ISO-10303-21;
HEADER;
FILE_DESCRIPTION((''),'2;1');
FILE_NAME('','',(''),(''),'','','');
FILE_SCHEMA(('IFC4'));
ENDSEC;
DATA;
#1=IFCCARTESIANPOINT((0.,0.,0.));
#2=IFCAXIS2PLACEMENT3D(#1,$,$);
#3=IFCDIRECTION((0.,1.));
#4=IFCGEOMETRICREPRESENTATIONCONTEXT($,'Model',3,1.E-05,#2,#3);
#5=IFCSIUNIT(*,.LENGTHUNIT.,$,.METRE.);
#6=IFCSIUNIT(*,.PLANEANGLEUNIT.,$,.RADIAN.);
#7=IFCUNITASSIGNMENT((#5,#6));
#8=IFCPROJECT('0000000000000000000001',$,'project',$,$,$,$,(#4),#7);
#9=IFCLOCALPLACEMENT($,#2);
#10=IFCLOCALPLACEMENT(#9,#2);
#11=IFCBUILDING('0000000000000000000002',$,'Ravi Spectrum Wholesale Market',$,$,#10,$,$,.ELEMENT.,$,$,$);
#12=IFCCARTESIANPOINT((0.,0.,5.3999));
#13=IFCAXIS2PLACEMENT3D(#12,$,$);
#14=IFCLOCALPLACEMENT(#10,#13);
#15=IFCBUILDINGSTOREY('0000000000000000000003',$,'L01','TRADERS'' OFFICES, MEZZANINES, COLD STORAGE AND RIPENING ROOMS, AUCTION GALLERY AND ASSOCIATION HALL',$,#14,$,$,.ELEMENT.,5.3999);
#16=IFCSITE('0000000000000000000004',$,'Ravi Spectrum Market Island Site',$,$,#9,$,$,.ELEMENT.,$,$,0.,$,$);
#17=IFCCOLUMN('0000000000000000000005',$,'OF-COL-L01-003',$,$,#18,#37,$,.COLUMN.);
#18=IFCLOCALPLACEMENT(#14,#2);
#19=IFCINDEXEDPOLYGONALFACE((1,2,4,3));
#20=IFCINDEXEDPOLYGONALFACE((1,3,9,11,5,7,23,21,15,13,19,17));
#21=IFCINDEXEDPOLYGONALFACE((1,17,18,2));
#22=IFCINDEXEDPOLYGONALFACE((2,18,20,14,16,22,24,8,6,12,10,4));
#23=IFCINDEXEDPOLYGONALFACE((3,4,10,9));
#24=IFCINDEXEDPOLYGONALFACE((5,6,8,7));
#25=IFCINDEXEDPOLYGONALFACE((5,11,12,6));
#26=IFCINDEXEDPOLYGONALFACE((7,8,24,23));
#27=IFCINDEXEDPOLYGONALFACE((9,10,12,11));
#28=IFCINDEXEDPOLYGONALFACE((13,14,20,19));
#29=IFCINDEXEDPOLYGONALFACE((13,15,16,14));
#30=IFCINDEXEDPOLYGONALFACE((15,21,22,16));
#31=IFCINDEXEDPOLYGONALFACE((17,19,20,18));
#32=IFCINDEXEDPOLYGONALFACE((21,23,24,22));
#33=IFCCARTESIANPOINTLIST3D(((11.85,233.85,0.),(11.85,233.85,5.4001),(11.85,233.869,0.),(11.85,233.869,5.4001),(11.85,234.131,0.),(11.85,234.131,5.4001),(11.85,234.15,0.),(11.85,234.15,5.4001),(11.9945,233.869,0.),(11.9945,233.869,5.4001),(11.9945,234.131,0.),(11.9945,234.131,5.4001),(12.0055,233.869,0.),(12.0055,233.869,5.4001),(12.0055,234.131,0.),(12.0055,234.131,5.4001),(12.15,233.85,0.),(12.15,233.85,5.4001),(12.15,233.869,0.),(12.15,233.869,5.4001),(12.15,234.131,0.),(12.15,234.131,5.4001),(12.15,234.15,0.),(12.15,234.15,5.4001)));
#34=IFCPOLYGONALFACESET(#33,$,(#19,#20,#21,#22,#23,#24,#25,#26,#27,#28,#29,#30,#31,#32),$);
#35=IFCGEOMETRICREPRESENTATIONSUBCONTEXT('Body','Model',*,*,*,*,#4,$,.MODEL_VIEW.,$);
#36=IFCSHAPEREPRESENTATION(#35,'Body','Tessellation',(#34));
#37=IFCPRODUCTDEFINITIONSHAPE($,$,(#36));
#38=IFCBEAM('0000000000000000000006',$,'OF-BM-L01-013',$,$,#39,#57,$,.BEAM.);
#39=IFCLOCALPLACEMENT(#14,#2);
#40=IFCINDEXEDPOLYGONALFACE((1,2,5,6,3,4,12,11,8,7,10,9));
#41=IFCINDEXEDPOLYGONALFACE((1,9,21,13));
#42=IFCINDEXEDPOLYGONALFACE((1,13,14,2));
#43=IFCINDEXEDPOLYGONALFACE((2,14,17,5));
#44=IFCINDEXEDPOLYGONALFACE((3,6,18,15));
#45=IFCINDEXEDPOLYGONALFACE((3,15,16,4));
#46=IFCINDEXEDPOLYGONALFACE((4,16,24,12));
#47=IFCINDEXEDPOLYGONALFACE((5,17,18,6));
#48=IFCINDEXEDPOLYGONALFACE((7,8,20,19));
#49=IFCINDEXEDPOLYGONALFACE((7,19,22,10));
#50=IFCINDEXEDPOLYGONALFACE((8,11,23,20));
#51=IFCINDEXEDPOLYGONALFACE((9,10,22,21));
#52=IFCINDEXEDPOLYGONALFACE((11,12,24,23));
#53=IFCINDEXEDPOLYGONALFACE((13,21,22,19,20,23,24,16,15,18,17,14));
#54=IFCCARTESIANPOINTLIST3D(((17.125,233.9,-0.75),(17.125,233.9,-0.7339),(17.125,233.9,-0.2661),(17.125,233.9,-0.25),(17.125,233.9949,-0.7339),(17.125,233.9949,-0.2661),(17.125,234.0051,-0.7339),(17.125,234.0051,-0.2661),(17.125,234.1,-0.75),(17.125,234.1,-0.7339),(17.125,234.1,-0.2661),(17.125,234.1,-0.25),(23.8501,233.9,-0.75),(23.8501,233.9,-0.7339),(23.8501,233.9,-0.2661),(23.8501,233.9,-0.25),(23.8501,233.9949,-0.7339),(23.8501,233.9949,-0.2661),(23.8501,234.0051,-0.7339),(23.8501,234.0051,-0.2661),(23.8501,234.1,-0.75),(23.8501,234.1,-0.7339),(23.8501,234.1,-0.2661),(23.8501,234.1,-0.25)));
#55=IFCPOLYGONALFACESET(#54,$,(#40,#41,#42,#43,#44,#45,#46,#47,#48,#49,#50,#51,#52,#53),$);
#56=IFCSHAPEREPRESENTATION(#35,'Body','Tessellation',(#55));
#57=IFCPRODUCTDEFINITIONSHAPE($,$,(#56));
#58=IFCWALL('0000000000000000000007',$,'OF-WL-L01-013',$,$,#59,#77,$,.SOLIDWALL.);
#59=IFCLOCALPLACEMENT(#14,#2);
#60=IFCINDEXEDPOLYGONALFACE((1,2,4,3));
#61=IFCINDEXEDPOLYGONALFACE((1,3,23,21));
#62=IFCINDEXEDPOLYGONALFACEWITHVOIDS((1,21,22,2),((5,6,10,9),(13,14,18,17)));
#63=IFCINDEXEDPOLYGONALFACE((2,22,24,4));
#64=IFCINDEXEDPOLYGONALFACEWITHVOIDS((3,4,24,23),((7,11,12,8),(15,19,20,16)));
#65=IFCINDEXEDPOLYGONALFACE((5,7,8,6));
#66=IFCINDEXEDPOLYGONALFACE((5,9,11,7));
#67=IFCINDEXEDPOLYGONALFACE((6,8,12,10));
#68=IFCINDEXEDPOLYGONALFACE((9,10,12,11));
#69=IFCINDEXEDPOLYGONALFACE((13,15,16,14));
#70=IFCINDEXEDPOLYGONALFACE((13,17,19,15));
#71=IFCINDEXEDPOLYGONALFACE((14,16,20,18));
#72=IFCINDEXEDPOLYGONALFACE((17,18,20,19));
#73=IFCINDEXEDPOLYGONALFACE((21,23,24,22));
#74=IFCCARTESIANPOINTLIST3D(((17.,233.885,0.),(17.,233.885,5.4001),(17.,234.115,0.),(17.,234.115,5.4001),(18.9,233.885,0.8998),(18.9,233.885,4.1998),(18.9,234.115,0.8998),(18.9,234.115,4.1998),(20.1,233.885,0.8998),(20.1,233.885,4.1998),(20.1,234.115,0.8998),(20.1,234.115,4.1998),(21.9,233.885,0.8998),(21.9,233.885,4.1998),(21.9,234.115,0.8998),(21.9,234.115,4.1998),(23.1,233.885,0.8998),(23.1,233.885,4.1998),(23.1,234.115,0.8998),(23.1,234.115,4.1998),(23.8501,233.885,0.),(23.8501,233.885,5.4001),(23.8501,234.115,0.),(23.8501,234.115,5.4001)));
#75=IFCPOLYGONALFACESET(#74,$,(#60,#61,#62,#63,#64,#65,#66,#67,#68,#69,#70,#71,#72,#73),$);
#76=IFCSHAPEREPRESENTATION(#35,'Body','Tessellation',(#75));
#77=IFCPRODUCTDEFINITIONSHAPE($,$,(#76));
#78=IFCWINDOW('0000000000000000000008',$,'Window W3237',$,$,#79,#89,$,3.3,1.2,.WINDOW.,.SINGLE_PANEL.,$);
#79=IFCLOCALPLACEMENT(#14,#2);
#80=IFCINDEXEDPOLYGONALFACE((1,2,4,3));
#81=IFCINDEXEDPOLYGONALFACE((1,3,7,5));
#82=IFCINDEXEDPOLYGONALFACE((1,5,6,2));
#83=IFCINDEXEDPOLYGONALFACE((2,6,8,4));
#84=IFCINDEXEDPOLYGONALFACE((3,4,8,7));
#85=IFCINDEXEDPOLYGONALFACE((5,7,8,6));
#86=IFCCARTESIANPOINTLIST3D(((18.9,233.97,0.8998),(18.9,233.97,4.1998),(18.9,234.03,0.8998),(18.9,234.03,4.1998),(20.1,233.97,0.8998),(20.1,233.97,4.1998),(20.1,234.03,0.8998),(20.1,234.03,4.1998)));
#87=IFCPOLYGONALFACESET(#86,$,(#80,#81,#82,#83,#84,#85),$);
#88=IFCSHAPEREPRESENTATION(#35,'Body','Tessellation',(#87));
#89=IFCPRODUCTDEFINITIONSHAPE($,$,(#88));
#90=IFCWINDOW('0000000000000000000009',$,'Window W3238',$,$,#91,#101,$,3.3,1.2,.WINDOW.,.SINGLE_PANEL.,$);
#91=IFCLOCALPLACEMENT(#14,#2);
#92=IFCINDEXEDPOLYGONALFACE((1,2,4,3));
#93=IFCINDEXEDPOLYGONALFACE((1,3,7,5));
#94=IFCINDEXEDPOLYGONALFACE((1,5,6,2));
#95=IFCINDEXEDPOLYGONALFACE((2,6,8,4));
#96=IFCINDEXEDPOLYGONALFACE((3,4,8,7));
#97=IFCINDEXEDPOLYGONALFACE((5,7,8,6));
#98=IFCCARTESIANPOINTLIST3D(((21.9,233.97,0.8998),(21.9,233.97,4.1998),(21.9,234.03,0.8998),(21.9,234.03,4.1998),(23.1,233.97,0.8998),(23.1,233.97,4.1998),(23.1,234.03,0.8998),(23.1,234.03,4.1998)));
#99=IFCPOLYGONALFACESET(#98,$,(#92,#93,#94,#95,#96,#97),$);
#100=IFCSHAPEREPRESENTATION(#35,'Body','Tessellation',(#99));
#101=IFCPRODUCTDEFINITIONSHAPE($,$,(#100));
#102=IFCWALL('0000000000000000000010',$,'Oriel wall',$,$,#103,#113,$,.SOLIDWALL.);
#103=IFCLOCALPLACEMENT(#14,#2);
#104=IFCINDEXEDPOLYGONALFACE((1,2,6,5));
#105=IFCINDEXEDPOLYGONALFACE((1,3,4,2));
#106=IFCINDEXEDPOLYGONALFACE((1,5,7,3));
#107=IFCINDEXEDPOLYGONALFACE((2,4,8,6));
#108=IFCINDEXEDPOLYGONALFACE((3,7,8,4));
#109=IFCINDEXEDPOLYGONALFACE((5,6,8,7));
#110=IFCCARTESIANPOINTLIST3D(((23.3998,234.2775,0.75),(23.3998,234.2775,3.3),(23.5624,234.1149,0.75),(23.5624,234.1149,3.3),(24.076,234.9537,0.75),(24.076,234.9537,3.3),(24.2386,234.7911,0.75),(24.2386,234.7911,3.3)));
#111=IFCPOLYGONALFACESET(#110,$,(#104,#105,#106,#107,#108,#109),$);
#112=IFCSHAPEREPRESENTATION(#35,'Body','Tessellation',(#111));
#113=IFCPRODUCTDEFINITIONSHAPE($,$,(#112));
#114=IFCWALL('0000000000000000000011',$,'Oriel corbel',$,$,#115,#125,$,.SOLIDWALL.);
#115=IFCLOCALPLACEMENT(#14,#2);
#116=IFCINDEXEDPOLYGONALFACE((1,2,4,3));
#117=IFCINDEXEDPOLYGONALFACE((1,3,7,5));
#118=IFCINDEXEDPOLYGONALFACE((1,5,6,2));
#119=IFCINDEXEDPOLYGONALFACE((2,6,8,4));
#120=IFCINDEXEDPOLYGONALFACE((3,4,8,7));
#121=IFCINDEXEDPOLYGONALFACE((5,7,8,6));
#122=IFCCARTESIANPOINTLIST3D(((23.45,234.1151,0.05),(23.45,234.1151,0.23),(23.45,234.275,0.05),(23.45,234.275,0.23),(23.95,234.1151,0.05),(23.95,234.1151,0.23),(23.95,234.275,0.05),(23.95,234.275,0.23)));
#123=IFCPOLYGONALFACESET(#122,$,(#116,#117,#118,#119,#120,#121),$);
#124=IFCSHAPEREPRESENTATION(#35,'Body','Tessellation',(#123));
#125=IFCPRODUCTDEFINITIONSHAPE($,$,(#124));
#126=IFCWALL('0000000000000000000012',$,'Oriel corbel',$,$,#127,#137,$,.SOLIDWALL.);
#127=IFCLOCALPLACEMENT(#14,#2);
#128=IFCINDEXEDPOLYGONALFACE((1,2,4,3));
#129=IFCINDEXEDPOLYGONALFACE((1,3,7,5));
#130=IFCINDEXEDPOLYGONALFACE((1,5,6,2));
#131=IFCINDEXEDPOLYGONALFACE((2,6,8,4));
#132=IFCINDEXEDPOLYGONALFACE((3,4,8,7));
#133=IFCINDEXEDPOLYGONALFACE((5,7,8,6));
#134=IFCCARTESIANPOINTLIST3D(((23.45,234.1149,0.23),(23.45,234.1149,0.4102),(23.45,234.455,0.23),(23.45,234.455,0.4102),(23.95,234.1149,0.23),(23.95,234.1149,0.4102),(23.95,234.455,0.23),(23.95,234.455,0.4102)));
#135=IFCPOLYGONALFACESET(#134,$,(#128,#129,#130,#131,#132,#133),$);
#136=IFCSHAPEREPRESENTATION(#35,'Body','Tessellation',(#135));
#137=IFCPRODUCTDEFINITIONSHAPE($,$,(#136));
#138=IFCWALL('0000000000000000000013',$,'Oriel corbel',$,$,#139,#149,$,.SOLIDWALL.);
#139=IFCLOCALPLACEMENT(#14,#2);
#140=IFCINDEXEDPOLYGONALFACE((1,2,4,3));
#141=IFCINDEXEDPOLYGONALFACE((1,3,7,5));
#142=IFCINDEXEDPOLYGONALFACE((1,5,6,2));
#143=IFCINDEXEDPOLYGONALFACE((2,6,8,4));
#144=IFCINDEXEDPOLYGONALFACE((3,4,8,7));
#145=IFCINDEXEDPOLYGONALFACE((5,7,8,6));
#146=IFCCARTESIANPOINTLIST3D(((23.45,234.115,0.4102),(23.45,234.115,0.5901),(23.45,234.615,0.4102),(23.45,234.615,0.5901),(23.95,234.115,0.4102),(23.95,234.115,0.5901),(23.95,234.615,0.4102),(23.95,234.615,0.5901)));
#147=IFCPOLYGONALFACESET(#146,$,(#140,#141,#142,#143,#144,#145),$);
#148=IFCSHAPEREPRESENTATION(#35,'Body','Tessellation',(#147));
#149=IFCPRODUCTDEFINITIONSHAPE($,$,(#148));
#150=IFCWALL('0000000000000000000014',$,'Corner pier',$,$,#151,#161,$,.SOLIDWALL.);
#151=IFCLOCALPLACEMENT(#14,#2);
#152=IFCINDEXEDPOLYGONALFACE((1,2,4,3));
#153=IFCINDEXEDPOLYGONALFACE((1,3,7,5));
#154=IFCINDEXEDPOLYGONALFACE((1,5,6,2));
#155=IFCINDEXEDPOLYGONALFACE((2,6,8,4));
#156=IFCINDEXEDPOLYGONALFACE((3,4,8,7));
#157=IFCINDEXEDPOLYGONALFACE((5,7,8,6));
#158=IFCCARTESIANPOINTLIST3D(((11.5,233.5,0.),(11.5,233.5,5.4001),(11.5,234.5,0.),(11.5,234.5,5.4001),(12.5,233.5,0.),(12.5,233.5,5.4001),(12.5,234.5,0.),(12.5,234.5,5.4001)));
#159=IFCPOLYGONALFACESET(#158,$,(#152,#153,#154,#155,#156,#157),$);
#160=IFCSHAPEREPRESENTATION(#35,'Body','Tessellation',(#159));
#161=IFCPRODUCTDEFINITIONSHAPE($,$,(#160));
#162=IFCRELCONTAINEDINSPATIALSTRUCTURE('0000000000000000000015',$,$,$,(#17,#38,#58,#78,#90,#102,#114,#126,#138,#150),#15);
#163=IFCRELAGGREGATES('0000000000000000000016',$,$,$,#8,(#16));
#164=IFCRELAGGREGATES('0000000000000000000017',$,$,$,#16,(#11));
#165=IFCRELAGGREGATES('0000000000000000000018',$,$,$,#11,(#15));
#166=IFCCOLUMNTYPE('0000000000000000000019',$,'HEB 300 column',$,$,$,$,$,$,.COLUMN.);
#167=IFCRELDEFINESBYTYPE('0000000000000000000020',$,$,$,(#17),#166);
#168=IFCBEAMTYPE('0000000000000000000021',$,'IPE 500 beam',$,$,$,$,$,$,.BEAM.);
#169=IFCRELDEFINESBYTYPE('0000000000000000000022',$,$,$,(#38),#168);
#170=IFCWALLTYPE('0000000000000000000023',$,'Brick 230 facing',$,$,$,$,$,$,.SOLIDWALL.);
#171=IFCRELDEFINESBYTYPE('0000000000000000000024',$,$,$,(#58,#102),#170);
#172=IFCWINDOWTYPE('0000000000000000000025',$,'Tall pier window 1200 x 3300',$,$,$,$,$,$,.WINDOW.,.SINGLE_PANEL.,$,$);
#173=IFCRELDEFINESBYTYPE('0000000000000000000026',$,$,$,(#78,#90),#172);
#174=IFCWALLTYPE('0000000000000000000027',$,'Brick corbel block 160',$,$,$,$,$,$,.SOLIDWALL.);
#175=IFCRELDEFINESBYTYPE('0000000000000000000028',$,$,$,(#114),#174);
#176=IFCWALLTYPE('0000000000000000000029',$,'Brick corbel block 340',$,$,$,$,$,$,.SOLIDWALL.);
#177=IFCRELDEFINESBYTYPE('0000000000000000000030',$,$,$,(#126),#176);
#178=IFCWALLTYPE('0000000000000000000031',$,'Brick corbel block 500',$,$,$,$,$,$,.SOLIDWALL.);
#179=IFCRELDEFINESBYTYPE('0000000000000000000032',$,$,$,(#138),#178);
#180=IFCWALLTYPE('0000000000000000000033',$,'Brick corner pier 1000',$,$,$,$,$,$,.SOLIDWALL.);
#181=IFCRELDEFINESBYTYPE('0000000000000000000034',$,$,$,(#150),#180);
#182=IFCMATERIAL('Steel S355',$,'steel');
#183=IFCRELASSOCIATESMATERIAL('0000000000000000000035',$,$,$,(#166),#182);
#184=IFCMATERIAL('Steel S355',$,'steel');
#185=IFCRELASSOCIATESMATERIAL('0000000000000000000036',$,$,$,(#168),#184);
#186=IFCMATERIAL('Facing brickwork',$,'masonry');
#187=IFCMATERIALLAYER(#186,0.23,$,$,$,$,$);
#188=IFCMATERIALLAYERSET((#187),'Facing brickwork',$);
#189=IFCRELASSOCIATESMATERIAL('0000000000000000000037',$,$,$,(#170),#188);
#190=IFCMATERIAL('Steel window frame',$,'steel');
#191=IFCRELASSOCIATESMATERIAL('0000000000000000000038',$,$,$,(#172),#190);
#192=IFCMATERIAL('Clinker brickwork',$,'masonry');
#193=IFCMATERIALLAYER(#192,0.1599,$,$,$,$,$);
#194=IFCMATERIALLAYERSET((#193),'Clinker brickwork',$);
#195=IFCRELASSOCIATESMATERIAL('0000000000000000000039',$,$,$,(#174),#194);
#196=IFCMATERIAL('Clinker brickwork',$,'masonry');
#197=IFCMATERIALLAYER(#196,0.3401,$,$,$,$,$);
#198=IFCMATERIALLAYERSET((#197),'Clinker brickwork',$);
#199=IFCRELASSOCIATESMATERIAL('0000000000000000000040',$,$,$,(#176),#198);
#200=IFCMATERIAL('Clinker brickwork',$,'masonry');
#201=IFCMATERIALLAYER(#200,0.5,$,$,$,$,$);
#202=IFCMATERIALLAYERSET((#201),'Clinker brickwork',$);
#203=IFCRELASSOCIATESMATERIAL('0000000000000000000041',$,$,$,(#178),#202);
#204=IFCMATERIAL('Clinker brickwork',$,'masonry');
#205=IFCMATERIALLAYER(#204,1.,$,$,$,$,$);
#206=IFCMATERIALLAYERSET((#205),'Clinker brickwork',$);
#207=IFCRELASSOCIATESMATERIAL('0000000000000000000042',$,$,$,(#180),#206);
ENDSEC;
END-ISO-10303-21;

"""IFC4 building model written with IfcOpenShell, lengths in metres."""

from ifc_helpers import new_model, si_unit, direction, frame, frame_2d, origin, origin_2d, place, context, subcontext, project, spatial, rectangle, i_section, extrude, material, layer, layer_set, material_profile, profile_set, type_object, element, fill, save


model = new_model("IFC4")

# Units and contexts
model_context = context("Model", 3, precision=1e-05, world=origin(), true_north=direction((0.0, 1.0)))
body_context = subcontext(model_context, "Body", "Model", "MODEL_VIEW")
ifc_project = project(units=[si_unit("LENGTHUNIT", "METRE"), si_unit("PLANEANGLEUNIT", "RADIAN")], contexts=[model_context])

# Site, building, storey
site_placement = place(None, origin())
site = spatial("IfcSite", under=ifc_project, at=site_placement, Name="Ravi Spectrum Market Island Site", CompositionType="ELEMENT", RefElevation=0.0)
building_placement = place(site_placement, origin())
building = spatial("IfcBuilding", under=site, at=building_placement, Name="Ravi Spectrum Wholesale Market", CompositionType="ELEMENT")
storey_placement = place(building_placement, frame((0.0, 0.0, 5.3999)))
storey = spatial("IfcBuildingStorey", under=building, at=storey_placement, Name="L01", Description="TRADERS' OFFICES, MEZZANINES, COLD STORAGE AND RIPENING ROOMS, AUCTION GALLERY AND ASSOCIATION HALL", CompositionType="ELEMENT", Elevation=5.3999)

# Column
ifc_material_1 = material(Name="Steel S355", Category="steel")
ifc_material_profile_1 = material_profile(ifc_material_1, i_section(OverallWidth=0.3, OverallDepth=0.3, WebThickness=0.011, FlangeThickness=0.019, at=origin_2d()))
ifc_profile_set_1 = profile_set([ifc_material_profile_1], Name="Steel S355")
column_type = type_object("IfcColumnType", Name="HEB 300 column", PredefinedType="COLUMN", material=ifc_profile_set_1)
column_placement = place(storey_placement, frame((12.0, 234.0, 0.0), z_axis=(0.0, 0.0, 1.0), x_axis=(1.0, 0.0, 0.0)))
element("IfcColumn", 1, at=column_placement, inside=storey, type_object=column_type, Name="OF-COL-L01-003", PredefinedType="COLUMN", context=body_context, shape_type="SweptSolid", body=[
    extrude(i_section(OverallWidth=0.3, OverallDepth=0.3, WebThickness=0.011, FlangeThickness=0.019, at=origin_2d()), origin(), (0.0, 0.0, 1.0), 5.4001),
])

# Beam
ifc_material_2 = material(Name="Steel S355", Category="steel")
ifc_material_profile_2 = material_profile(ifc_material_2, i_section(OverallWidth=0.2, OverallDepth=0.5, WebThickness=0.0103, FlangeThickness=0.0161, at=origin_2d()))
ifc_profile_set_2 = profile_set([ifc_material_profile_2], Name="Steel S355")
beam_type = type_object("IfcBeamType", Name="IPE 500 beam", PredefinedType="BEAM", material=ifc_profile_set_2)
beam_placement = place(storey_placement, frame((17.125, 234.0, -0.5), z_axis=(1.0, 0.0, 0.0), x_axis=(0.0, 1.0, 0.0)))
element("IfcBeam", 2, at=beam_placement, inside=storey, type_object=beam_type, Name="OF-BM-L01-013", PredefinedType="BEAM", context=body_context, shape_type="SweptSolid", body=[
    extrude(i_section(OverallWidth=0.2, OverallDepth=0.5, WebThickness=0.0103, FlangeThickness=0.0161, at=origin_2d()), origin(), (0.0, 0.0, 1.0), 6.7251),
])

# Wall, openings, windows
ifc_material_3 = material(Name="Facing brickwork", Category="masonry")
ifc_layer_1 = layer(ifc_material_3, 0.23)
ifc_layer_set_1 = layer_set([ifc_layer_1], Name="Facing brickwork")
wall_type_1 = type_object("IfcWallType", Name="Brick 230 facing", PredefinedType="SOLIDWALL", material=ifc_layer_set_1)
wall_1_placement = place(storey_placement, frame((17.0, 234.0, 0.0), z_axis=(0.0, 0.0, 1.0), x_axis=(1.0, 0.0, 0.0)))
wall_1 = element("IfcWall", 3, at=wall_1_placement, inside=storey, type_object=wall_type_1, Name="OF-WL-L01-013", PredefinedType="SOLIDWALL", context=body_context, shape_type="SweptSolid", body=[
    extrude(rectangle(XDim=6.8501, YDim=0.23, at=frame_2d((3.425, 0.0))), origin(), (0.0, 0.0, 1.0), 5.4001),
])
opening_1_placement = place(wall_1_placement, frame((1.8999, 0.0, 0.8999)))
opening_1 = element("IfcOpeningElement", 4, at=opening_1_placement, cuts=wall_1, PredefinedType="OPENING", context=body_context, shape_type="SweptSolid", body=[
    extrude(rectangle(XDim=1.2, YDim=3.3, at=frame_2d((0.6001, 1.6499))), frame((0.0, 0.125, 0.0), z_axis=(0.0, -1.0, 0.0), x_axis=(1.0, 0.0, 0.0)), (0.0, 0.0, 1.0), 0.25),
])
opening_2_placement = place(wall_1_placement, frame((4.8999, 0.0, 0.8999)))
opening_2 = element("IfcOpeningElement", 5, at=opening_2_placement, cuts=wall_1, PredefinedType="OPENING", context=body_context, shape_type="SweptSolid", body=[
    extrude(rectangle(XDim=1.2, YDim=3.3, at=frame_2d((0.6001, 1.6499))), frame((0.0, 0.125, 0.0), z_axis=(0.0, -1.0, 0.0), x_axis=(1.0, 0.0, 0.0)), (0.0, 0.0, 1.0), 0.25),
])
ifc_material_4 = material(Name="Steel window frame", Category="steel")
window_type = type_object("IfcWindowType", Name="Tall pier window 1200 x 3300", PartitioningType="SINGLE_PANEL", PredefinedType="WINDOW", material=ifc_material_4)
window_1_placement = place(opening_1_placement, origin())
window_1 = element("IfcWindow", 6, at=window_1_placement, inside=storey, type_object=window_type, Name="Window W3237", OverallHeight=3.3, OverallWidth=1.2, PartitioningType="SINGLE_PANEL", PredefinedType="WINDOW", context=body_context, shape_type="SweptSolid", body=[
    extrude(rectangle(XDim=1.2, YDim=3.3, at=frame_2d((0.6001, 1.6499))), frame((0.0, 0.03, 0.0), z_axis=(0.0, -1.0, 0.0), x_axis=(1.0, 0.0, 0.0)), (0.0, 0.0, 1.0), 0.0601),
])
fill(opening_1, window_1)
window_2_placement = place(opening_2_placement, origin())
window_2 = element("IfcWindow", 7, at=window_2_placement, inside=storey, type_object=window_type, Name="Window W3238", OverallHeight=3.3, OverallWidth=1.2, PartitioningType="SINGLE_PANEL", PredefinedType="WINDOW", context=body_context, shape_type="SweptSolid", body=[
    extrude(rectangle(XDim=1.2, YDim=3.3, at=frame_2d((0.6001, 1.6499))), frame((0.0, 0.03, 0.0), z_axis=(0.0, -1.0, 0.0), x_axis=(1.0, 0.0, 0.0)), (0.0, 0.0, 1.0), 0.0601),
])
fill(opening_2, window_2)

# Walls
wall_2_placement = place(storey_placement, frame((23.4812, 234.1963, 0.75), z_axis=(0.0, 0.0, 1.0), x_axis=(0.707107, 0.707107, 0.0)))
element("IfcWall", 8, at=wall_2_placement, inside=storey, type_object=wall_type_1, Name="Oriel wall", PredefinedType="SOLIDWALL", context=body_context, shape_type="SweptSolid", body=[
    extrude(rectangle(XDim=0.9563, YDim=0.23, at=frame_2d((0.478, 0.0))), origin(), (0.0, 0.0, 1.0), 2.55),
])
ifc_material_5 = material(Name="Clinker brickwork", Category="masonry")
ifc_layer_2 = layer(ifc_material_5, 0.1599)
ifc_layer_set_2 = layer_set([ifc_layer_2], Name="Clinker brickwork")
wall_type_2 = type_object("IfcWallType", Name="Brick corbel block 160", PredefinedType="SOLIDWALL", material=ifc_layer_set_2)
wall_3_placement = place(storey_placement, frame((23.45, 234.1951, 0.05), z_axis=(0.0, 0.0, 1.0), x_axis=(1.0, 0.0, 0.0)))
element("IfcWall", 9, at=wall_3_placement, inside=storey, type_object=wall_type_2, Name="Oriel corbel", PredefinedType="SOLIDWALL", context=body_context, shape_type="SweptSolid", body=[
    extrude(rectangle(XDim=0.5, YDim=0.1599, at=frame_2d((0.25, 0.0))), origin(), (0.0, 0.0, 1.0), 0.1799),
])
ifc_material_6 = material(Name="Clinker brickwork", Category="masonry")
ifc_layer_3 = layer(ifc_material_6, 0.3401)
ifc_layer_set_3 = layer_set([ifc_layer_3], Name="Clinker brickwork")
wall_type_3 = type_object("IfcWallType", Name="Brick corbel block 340", PredefinedType="SOLIDWALL", material=ifc_layer_set_3)
wall_4_placement = place(storey_placement, frame((23.45, 234.2849, 0.23), z_axis=(0.0, 0.0, 1.0), x_axis=(1.0, 0.0, 0.0)))
element("IfcWall", 10, at=wall_4_placement, inside=storey, type_object=wall_type_3, Name="Oriel corbel", PredefinedType="SOLIDWALL", context=body_context, shape_type="SweptSolid", body=[
    extrude(rectangle(XDim=0.5, YDim=0.3401, at=frame_2d((0.25, 0.0))), origin(), (0.0, 0.0, 1.0), 0.1802),
])
ifc_material_7 = material(Name="Clinker brickwork", Category="masonry")
ifc_layer_4 = layer(ifc_material_7, 0.5)
ifc_layer_set_4 = layer_set([ifc_layer_4], Name="Clinker brickwork")
wall_type_4 = type_object("IfcWallType", Name="Brick corbel block 500", PredefinedType="SOLIDWALL", material=ifc_layer_set_4)
wall_5_placement = place(storey_placement, frame((23.45, 234.365, 0.4102), z_axis=(0.0, 0.0, 1.0), x_axis=(1.0, 0.0, 0.0)))
element("IfcWall", 11, at=wall_5_placement, inside=storey, type_object=wall_type_4, Name="Oriel corbel", PredefinedType="SOLIDWALL", context=body_context, shape_type="SweptSolid", body=[
    extrude(rectangle(XDim=0.5, YDim=0.5, at=frame_2d((0.25, 0.0))), origin(), (0.0, 0.0, 1.0), 0.1799),
])
ifc_material_8 = material(Name="Clinker brickwork", Category="masonry")
ifc_layer_5 = layer(ifc_material_8, 1.0)
ifc_layer_set_5 = layer_set([ifc_layer_5], Name="Clinker brickwork")
wall_type_5 = type_object("IfcWallType", Name="Brick corner pier 1000", PredefinedType="SOLIDWALL", material=ifc_layer_set_5)
wall_6_placement = place(storey_placement, frame((11.5, 234.0, 0.0), z_axis=(0.0, 0.0, 1.0), x_axis=(1.0, 0.0, 0.0)))
element("IfcWall", 12, at=wall_6_placement, inside=storey, type_object=wall_type_5, Name="Corner pier", PredefinedType="SOLIDWALL", context=body_context, shape_type="SweptSolid", body=[
    extrude(rectangle(XDim=1.0, YDim=1.0, at=frame_2d((0.5, 0.0))), origin(), (0.0, 0.0, 1.0), 5.4001),
])

save(model, "model.ifc")
